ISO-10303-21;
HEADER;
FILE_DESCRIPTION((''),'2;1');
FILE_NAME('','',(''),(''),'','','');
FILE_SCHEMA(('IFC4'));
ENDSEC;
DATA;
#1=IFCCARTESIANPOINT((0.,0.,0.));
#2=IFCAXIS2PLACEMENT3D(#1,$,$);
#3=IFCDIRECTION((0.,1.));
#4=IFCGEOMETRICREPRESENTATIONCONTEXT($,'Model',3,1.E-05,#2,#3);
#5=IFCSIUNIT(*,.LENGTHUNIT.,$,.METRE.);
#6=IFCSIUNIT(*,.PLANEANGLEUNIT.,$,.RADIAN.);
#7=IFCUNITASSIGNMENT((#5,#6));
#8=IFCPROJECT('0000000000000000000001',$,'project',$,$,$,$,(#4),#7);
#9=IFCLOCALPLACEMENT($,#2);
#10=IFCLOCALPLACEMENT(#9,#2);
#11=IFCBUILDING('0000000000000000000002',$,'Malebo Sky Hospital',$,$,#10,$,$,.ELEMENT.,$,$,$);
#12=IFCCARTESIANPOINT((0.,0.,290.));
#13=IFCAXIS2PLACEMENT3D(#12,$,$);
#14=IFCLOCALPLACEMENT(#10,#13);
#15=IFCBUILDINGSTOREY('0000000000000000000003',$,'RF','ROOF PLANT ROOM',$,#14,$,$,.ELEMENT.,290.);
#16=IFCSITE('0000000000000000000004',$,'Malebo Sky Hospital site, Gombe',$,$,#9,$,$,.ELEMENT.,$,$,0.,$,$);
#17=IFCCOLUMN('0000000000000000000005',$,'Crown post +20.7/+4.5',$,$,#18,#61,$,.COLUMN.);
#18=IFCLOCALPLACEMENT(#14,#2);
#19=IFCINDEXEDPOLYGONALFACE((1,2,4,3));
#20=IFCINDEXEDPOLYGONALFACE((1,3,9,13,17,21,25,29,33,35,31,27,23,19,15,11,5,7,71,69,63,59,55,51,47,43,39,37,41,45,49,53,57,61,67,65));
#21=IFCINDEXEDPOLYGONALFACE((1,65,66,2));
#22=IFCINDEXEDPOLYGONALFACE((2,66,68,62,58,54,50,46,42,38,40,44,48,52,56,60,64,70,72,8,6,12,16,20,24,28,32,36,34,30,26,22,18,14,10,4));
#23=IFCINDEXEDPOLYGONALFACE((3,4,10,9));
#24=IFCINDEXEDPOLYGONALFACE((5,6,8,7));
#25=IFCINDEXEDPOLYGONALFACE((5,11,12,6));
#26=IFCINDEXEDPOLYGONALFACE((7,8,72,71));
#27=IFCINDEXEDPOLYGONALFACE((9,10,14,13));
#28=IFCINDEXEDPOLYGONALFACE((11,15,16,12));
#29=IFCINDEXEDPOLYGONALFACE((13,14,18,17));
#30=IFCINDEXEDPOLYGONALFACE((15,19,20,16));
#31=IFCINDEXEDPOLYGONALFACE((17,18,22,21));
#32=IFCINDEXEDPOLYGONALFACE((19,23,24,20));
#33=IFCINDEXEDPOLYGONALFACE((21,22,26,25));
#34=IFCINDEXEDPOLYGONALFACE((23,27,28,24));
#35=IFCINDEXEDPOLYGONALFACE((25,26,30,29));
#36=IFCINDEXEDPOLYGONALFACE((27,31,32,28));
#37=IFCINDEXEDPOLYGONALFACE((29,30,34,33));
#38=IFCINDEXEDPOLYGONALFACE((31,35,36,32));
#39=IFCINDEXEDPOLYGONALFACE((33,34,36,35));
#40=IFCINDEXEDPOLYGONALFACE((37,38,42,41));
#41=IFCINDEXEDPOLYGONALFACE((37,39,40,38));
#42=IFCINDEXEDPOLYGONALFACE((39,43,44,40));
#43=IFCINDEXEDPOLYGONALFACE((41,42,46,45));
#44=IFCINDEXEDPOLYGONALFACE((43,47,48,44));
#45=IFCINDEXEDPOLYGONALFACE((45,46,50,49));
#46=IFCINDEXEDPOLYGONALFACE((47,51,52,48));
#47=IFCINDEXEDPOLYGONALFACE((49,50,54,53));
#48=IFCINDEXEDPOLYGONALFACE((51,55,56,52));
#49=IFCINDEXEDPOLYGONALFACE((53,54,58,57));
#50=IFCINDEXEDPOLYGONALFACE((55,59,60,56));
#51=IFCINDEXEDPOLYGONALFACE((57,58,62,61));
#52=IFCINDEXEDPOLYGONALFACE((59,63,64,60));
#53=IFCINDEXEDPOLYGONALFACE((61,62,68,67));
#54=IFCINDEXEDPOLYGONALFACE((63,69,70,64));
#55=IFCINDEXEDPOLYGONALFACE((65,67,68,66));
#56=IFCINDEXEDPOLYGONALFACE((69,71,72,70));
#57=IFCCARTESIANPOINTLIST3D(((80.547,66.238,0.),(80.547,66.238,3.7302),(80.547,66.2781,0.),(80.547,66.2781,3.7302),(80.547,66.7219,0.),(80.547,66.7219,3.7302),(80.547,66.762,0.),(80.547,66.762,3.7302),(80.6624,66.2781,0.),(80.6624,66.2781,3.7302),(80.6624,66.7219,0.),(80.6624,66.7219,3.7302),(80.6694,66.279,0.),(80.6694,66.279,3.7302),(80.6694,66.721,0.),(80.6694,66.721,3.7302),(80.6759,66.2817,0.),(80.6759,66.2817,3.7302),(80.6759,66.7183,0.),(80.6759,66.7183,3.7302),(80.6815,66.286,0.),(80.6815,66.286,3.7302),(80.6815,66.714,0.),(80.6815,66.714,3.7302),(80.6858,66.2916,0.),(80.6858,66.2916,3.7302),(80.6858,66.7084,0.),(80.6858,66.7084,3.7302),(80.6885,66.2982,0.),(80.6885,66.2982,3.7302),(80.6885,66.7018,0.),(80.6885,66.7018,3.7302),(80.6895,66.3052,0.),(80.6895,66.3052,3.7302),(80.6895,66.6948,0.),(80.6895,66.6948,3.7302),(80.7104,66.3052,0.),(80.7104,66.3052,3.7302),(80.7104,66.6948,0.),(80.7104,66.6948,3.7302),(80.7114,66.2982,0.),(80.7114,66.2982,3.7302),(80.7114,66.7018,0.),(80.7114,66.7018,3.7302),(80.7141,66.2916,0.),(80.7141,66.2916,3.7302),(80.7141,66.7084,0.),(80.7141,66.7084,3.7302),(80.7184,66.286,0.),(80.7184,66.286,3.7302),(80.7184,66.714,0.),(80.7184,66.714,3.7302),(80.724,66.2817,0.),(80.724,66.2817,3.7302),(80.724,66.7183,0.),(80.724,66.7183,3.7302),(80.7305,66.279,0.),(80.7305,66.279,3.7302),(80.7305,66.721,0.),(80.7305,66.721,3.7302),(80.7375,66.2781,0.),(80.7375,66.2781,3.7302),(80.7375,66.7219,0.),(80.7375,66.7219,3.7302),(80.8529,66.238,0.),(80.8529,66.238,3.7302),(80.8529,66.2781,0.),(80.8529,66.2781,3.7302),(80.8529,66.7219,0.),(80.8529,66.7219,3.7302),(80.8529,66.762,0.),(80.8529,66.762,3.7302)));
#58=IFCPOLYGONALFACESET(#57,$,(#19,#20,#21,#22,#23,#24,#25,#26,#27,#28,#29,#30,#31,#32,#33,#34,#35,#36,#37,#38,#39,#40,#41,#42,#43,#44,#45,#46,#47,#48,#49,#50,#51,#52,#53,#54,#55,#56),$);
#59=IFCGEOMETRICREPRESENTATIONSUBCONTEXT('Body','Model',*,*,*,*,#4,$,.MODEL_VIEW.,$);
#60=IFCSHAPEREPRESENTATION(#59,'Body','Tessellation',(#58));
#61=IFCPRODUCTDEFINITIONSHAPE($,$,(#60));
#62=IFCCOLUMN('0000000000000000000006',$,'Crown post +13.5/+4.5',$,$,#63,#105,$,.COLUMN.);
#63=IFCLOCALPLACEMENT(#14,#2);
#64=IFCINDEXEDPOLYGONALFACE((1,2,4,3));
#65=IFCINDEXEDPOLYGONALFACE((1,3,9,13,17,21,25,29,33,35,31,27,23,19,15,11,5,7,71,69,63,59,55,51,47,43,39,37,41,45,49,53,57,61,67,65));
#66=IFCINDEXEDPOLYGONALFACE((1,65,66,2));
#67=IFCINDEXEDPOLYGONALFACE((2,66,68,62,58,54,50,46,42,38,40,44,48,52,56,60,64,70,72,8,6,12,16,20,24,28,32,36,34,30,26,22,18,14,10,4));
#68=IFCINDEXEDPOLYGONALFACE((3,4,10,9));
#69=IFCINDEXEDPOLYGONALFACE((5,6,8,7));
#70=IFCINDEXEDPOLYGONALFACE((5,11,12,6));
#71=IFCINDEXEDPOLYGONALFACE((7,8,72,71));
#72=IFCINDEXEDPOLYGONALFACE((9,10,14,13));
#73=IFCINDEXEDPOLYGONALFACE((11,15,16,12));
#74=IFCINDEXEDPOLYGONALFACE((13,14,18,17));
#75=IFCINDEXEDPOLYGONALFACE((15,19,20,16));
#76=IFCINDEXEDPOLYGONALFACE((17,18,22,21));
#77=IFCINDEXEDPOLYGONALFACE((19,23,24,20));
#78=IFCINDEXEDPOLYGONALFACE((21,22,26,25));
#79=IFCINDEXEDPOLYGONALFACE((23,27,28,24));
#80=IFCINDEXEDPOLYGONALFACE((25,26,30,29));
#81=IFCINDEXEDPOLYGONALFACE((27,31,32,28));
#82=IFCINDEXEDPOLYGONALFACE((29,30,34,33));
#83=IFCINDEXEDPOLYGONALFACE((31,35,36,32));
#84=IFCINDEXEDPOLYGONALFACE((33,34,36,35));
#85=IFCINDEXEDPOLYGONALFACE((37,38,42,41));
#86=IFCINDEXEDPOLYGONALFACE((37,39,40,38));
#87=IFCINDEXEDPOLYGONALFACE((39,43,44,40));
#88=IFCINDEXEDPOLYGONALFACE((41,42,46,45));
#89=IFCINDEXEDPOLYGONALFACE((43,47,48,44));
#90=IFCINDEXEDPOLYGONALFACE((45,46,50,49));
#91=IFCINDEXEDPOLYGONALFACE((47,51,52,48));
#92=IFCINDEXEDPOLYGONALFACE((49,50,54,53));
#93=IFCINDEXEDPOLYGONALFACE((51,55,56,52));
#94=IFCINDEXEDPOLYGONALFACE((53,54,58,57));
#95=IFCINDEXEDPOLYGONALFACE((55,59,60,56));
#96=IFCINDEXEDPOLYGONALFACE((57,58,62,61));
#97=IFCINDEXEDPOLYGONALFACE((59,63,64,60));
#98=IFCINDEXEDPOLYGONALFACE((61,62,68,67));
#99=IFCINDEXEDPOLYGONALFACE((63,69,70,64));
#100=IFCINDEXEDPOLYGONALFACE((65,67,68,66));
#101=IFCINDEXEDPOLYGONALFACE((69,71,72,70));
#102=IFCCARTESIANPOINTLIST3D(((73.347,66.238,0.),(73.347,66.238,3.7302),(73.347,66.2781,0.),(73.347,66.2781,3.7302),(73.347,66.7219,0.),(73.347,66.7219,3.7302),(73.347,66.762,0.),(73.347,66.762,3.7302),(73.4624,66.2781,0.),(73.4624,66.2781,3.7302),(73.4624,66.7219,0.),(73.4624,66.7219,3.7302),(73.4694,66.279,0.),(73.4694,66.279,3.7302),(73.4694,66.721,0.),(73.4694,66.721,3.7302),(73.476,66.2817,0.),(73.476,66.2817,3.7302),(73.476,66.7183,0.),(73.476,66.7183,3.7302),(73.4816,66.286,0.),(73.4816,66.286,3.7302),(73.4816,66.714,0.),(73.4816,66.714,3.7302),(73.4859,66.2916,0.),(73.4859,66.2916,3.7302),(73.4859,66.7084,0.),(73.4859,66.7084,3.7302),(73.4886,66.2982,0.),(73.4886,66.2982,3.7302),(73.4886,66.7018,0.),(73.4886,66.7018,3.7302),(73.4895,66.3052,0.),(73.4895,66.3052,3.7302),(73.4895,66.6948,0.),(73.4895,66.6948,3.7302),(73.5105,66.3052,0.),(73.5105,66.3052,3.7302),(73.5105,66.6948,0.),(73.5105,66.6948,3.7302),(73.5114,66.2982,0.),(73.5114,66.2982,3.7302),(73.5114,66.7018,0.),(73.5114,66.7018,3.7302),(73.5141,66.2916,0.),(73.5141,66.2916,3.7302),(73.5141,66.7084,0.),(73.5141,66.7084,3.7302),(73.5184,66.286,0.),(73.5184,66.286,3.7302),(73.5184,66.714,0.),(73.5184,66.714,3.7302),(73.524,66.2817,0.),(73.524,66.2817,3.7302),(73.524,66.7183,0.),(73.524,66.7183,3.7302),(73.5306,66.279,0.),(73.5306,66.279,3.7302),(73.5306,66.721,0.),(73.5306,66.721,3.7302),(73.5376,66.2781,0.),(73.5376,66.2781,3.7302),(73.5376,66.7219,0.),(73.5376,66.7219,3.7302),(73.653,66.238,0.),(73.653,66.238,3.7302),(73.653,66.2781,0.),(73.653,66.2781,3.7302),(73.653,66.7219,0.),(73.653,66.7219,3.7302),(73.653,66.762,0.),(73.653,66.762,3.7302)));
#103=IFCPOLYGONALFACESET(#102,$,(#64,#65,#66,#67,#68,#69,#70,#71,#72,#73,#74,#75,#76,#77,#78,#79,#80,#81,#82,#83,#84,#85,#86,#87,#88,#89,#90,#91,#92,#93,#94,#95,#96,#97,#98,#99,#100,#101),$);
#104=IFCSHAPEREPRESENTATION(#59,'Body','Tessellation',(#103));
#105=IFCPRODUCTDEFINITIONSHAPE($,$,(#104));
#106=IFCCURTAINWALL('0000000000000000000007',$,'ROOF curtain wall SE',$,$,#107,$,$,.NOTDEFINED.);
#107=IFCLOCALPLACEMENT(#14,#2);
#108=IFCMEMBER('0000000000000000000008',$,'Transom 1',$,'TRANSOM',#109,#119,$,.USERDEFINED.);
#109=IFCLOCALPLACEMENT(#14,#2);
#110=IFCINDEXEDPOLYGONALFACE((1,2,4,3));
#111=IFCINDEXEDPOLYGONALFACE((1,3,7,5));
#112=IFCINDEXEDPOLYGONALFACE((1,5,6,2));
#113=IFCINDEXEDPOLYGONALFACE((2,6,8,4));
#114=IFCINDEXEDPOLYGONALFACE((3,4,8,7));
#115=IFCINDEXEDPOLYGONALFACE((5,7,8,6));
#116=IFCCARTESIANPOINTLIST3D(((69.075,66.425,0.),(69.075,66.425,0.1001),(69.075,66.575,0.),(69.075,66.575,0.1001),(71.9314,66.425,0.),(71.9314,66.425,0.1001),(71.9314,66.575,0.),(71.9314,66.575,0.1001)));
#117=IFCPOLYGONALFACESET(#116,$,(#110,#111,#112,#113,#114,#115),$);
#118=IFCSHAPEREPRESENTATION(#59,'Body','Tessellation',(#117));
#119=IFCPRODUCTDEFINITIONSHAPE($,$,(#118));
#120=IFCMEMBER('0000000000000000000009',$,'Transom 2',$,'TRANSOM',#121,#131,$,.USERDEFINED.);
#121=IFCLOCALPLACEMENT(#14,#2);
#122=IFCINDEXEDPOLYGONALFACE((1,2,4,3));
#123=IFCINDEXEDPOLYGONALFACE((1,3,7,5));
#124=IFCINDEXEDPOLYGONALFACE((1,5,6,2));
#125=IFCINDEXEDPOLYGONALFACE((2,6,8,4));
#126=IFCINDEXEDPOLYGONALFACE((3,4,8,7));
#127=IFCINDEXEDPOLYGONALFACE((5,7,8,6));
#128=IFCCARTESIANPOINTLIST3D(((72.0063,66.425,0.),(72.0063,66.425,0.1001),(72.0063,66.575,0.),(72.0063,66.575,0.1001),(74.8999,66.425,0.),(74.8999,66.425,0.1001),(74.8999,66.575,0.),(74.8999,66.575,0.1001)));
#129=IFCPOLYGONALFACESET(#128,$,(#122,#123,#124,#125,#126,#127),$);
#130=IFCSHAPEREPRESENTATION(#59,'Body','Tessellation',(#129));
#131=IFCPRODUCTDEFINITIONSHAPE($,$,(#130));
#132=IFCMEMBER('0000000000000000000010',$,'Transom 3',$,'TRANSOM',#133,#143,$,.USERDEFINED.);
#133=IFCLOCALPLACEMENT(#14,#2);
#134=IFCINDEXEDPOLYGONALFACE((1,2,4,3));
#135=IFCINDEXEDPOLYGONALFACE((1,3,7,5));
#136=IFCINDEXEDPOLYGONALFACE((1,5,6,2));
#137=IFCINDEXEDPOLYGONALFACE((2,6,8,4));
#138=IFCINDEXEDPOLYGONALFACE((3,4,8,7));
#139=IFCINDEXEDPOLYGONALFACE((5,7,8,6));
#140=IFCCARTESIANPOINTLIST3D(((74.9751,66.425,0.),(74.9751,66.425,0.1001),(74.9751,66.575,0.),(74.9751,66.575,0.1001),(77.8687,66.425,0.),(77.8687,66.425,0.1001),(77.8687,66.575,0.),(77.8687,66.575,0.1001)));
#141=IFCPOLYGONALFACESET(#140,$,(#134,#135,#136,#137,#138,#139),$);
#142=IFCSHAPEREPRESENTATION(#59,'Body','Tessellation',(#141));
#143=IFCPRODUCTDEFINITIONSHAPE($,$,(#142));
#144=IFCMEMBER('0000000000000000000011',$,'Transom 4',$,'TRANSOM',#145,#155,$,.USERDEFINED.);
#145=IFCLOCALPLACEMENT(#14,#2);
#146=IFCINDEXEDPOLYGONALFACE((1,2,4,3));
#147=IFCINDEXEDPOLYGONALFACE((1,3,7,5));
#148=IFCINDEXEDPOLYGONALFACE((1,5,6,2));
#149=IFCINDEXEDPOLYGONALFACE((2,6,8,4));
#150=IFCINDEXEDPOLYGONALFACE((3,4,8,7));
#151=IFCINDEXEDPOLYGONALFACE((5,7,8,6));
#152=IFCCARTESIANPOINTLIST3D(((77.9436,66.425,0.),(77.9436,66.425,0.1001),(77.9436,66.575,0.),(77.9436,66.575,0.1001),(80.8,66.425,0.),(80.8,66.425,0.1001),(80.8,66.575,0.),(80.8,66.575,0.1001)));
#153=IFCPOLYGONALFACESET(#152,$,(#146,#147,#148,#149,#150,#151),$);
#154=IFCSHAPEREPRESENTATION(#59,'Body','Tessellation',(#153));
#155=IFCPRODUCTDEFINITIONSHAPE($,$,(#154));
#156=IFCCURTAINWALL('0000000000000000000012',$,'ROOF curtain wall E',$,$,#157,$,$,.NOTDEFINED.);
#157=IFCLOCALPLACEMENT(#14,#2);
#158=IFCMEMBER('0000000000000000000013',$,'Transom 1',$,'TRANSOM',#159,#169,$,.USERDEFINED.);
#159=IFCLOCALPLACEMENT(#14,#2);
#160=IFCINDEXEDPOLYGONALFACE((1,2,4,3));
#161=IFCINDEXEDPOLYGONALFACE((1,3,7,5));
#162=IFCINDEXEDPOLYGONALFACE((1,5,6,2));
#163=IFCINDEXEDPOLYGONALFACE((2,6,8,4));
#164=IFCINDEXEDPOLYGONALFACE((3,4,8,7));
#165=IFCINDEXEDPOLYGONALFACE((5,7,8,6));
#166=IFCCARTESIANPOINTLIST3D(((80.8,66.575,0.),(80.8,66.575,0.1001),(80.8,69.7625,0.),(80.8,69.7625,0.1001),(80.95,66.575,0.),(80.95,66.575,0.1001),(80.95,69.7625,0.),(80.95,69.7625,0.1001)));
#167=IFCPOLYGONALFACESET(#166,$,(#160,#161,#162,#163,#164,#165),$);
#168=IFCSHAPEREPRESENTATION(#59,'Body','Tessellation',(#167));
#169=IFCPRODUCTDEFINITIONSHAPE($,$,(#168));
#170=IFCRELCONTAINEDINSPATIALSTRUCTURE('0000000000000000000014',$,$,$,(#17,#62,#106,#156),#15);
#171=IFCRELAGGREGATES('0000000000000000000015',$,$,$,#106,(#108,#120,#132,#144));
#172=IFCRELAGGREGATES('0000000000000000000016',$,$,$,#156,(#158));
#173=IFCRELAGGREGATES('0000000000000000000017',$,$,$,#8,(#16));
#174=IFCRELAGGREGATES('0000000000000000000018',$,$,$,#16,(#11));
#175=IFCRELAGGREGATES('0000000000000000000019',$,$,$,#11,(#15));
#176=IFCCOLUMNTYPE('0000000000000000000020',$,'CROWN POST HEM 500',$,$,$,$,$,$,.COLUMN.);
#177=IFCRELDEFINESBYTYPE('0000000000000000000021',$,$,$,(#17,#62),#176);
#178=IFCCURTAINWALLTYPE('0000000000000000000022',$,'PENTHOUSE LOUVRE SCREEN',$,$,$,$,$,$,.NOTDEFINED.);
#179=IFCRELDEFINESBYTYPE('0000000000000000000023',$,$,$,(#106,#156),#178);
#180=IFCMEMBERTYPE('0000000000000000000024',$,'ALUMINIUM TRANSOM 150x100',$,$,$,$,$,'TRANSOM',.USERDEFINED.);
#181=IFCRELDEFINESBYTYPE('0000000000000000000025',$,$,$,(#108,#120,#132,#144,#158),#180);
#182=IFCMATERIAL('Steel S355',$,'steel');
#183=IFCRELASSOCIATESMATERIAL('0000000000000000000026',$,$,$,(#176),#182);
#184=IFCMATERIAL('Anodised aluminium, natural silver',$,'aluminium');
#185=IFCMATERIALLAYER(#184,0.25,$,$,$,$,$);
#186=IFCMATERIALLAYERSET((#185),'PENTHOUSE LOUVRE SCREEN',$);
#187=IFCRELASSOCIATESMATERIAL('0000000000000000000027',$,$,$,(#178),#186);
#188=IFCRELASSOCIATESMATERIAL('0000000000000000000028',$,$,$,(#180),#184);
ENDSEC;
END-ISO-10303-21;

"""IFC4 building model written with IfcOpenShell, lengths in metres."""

from ifc_helpers import new_model, si_unit, direction, frame, origin, origin_2d, place, context, subcontext, project, spatial, rectangle, i_section, extrude, material, layer, layer_set, material_profile, profile_set, type_object, element, aggregate, save


model = new_model("IFC4")

# Units and contexts
model_context = context("Model", 3, precision=1e-05, world=origin(), true_north=direction((0.0, 1.0)))
body_context = subcontext(model_context, "Body", "Model", "MODEL_VIEW")
ifc_project = project(units=[si_unit("LENGTHUNIT", "METRE"), si_unit("PLANEANGLEUNIT", "RADIAN")], contexts=[model_context])

# Site, building, storey
site_placement = place(None, origin())
site = spatial("IfcSite", under=ifc_project, at=site_placement, Name="Malebo Sky Hospital site, Gombe", CompositionType="ELEMENT", RefElevation=0.0)
building_placement = place(site_placement, origin())
building = spatial("IfcBuilding", under=site, at=building_placement, Name="Malebo Sky Hospital", CompositionType="ELEMENT")
storey_placement = place(building_placement, frame((0.0, 0.0, 290.0)))
storey = spatial("IfcBuildingStorey", under=building, at=storey_placement, Name="RF", Description="ROOF PLANT ROOM", CompositionType="ELEMENT", Elevation=290.0)

# Columns
ifc_material_1 = material(Name="Steel S355", Category="steel")
ifc_material_profile_1 = material_profile(ifc_material_1, i_section(OverallWidth=0.3059, OverallDepth=0.5239, WebThickness=0.021, FlangeThickness=0.04, FilletRadius=0.0271, at=origin_2d()), Name="HEM 500")
ifc_profile_set_1 = profile_set([ifc_material_profile_1], Name="Steel S355")
column_type = type_object("IfcColumnType", Name="CROWN POST HEM 500", PredefinedType="COLUMN", material=ifc_profile_set_1)
for number, where, z_axis, x_axis, name in (
    (1, (80.7, 66.5, 0.0), (0.0, 0.0, 1.0), (1.0, 0.0, 0.0), "Crown post +20.7/+4.5"),
    (2, (73.5, 66.5, 0.0), (0.0, 0.0, 1.0), (1.0, 0.0, 0.0), "Crown post +13.5/+4.5"),
):
    element("IfcColumn", number, at=place(storey_placement, frame(where, z_axis=z_axis, x_axis=x_axis)), inside=storey, type_object=column_type, Name=name, PredefinedType="COLUMN", context=body_context, shape_type="SweptSolid", body=[
        extrude(i_section(OverallWidth=0.3059, OverallDepth=0.5239, WebThickness=0.021, FlangeThickness=0.04, FilletRadius=0.0271, at=origin_2d()), origin(), (0.0, 0.0, 1.0), 3.7302),
    ])

# Curtain wall, members
ifc_material_2 = material(Name="Anodised aluminium, natural silver", Category="aluminium")
ifc_layer_1 = layer(ifc_material_2, 0.25)
ifc_layer_set_1 = layer_set([ifc_layer_1], Name="PENTHOUSE LOUVRE SCREEN")
curtain_wall_type = type_object("IfcCurtainWallType", Name="PENTHOUSE LOUVRE SCREEN", PredefinedType="NOTDEFINED", material=ifc_layer_set_1)
curtain_wall_1_placement = place(storey_placement, origin())
curtain_wall_1 = element("IfcCurtainWall", 3, at=curtain_wall_1_placement, inside=storey, type_object=curtain_wall_type, Name="ROOF curtain wall SE", PredefinedType="NOTDEFINED")
ifc_material_profile_2 = material_profile(ifc_material_2, rectangle(XDim=0.1499, YDim=0.1001, at=origin_2d()), Name="ALUMINIUM TRANSOM 150x100")
ifc_profile_set_2 = profile_set([ifc_material_profile_2], Name="Anodised aluminium, natural silver")
member_type_1 = type_object("IfcMemberType", Name="ALUMINIUM TRANSOM 150x100", ElementType="TRANSOM", PredefinedType="USERDEFINED", material=ifc_profile_set_2)
member_1_placement = place(storey_placement, frame((69.075, 66.5, 0.05), z_axis=(1.0, 0.0, 0.0), x_axis=(0.0, 1.0, 0.0)))
member_1 = element("IfcMember", 4, at=member_1_placement, type_object=member_type_1, Name="Transom 1", ObjectType="TRANSOM", PredefinedType="USERDEFINED", context=body_context, shape_type="SweptSolid", body=[
    extrude(rectangle(XDim=0.1499, YDim=0.1001, at=origin_2d()), origin(), (0.0, 0.0, 1.0), 2.8564),
])
member_2_placement = place(storey_placement, frame((72.0063, 66.5, 0.05), z_axis=(1.0, 0.0, 0.0), x_axis=(0.0, 1.0, 0.0)))
member_2 = element("IfcMember", 5, at=member_2_placement, type_object=member_type_1, Name="Transom 2", ObjectType="TRANSOM", PredefinedType="USERDEFINED", context=body_context, shape_type="SweptSolid", body=[
    extrude(rectangle(XDim=0.1499, YDim=0.1001, at=origin_2d()), origin(), (0.0, 0.0, 1.0), 2.8936),
])
member_3_placement = place(storey_placement, frame((74.9751, 66.5, 0.05), z_axis=(1.0, 0.0, 0.0), x_axis=(0.0, 1.0, 0.0)))
member_3 = element("IfcMember", 6, at=member_3_placement, type_object=member_type_1, Name="Transom 3", ObjectType="TRANSOM", PredefinedType="USERDEFINED", context=body_context, shape_type="SweptSolid", body=[
    extrude(rectangle(XDim=0.1499, YDim=0.1001, at=origin_2d()), origin(), (0.0, 0.0, 1.0), 2.8936),
])
member_4_placement = place(storey_placement, frame((77.9436, 66.5, 0.05), z_axis=(1.0, 0.0, 0.0), x_axis=(0.0, 1.0, 0.0)))
member_4 = element("IfcMember", 7, at=member_4_placement, type_object=member_type_1, Name="Transom 4", ObjectType="TRANSOM", PredefinedType="USERDEFINED", context=body_context, shape_type="SweptSolid", body=[
    extrude(rectangle(XDim=0.1499, YDim=0.1001, at=origin_2d()), origin(), (0.0, 0.0, 1.0), 2.8564),
])

# Curtain wall, member
curtain_wall_2_placement = place(storey_placement, origin())
curtain_wall_2 = element("IfcCurtainWall", 8, at=curtain_wall_2_placement, inside=storey, type_object=curtain_wall_type, Name="ROOF curtain wall E", PredefinedType="NOTDEFINED")
member_5_placement = place(storey_placement, frame((80.875, 66.575, 0.05), z_axis=(0.0, 1.0, 0.0), x_axis=(-1.0, 0.0, 0.0)))
member_5 = element("IfcMember", 9, at=member_5_placement, type_object=member_type_1, Name="Transom 1", ObjectType="TRANSOM", PredefinedType="USERDEFINED", context=body_context, shape_type="SweptSolid", body=[
    extrude(rectangle(XDim=0.1499, YDim=0.1001, at=origin_2d()), origin(), (0.0, 0.0, 1.0), 3.1875),
])

aggregate(curtain_wall_1, [member_1, member_2, member_3, member_4])
aggregate(curtain_wall_2, [member_5])

save(model, "model.ifc")
